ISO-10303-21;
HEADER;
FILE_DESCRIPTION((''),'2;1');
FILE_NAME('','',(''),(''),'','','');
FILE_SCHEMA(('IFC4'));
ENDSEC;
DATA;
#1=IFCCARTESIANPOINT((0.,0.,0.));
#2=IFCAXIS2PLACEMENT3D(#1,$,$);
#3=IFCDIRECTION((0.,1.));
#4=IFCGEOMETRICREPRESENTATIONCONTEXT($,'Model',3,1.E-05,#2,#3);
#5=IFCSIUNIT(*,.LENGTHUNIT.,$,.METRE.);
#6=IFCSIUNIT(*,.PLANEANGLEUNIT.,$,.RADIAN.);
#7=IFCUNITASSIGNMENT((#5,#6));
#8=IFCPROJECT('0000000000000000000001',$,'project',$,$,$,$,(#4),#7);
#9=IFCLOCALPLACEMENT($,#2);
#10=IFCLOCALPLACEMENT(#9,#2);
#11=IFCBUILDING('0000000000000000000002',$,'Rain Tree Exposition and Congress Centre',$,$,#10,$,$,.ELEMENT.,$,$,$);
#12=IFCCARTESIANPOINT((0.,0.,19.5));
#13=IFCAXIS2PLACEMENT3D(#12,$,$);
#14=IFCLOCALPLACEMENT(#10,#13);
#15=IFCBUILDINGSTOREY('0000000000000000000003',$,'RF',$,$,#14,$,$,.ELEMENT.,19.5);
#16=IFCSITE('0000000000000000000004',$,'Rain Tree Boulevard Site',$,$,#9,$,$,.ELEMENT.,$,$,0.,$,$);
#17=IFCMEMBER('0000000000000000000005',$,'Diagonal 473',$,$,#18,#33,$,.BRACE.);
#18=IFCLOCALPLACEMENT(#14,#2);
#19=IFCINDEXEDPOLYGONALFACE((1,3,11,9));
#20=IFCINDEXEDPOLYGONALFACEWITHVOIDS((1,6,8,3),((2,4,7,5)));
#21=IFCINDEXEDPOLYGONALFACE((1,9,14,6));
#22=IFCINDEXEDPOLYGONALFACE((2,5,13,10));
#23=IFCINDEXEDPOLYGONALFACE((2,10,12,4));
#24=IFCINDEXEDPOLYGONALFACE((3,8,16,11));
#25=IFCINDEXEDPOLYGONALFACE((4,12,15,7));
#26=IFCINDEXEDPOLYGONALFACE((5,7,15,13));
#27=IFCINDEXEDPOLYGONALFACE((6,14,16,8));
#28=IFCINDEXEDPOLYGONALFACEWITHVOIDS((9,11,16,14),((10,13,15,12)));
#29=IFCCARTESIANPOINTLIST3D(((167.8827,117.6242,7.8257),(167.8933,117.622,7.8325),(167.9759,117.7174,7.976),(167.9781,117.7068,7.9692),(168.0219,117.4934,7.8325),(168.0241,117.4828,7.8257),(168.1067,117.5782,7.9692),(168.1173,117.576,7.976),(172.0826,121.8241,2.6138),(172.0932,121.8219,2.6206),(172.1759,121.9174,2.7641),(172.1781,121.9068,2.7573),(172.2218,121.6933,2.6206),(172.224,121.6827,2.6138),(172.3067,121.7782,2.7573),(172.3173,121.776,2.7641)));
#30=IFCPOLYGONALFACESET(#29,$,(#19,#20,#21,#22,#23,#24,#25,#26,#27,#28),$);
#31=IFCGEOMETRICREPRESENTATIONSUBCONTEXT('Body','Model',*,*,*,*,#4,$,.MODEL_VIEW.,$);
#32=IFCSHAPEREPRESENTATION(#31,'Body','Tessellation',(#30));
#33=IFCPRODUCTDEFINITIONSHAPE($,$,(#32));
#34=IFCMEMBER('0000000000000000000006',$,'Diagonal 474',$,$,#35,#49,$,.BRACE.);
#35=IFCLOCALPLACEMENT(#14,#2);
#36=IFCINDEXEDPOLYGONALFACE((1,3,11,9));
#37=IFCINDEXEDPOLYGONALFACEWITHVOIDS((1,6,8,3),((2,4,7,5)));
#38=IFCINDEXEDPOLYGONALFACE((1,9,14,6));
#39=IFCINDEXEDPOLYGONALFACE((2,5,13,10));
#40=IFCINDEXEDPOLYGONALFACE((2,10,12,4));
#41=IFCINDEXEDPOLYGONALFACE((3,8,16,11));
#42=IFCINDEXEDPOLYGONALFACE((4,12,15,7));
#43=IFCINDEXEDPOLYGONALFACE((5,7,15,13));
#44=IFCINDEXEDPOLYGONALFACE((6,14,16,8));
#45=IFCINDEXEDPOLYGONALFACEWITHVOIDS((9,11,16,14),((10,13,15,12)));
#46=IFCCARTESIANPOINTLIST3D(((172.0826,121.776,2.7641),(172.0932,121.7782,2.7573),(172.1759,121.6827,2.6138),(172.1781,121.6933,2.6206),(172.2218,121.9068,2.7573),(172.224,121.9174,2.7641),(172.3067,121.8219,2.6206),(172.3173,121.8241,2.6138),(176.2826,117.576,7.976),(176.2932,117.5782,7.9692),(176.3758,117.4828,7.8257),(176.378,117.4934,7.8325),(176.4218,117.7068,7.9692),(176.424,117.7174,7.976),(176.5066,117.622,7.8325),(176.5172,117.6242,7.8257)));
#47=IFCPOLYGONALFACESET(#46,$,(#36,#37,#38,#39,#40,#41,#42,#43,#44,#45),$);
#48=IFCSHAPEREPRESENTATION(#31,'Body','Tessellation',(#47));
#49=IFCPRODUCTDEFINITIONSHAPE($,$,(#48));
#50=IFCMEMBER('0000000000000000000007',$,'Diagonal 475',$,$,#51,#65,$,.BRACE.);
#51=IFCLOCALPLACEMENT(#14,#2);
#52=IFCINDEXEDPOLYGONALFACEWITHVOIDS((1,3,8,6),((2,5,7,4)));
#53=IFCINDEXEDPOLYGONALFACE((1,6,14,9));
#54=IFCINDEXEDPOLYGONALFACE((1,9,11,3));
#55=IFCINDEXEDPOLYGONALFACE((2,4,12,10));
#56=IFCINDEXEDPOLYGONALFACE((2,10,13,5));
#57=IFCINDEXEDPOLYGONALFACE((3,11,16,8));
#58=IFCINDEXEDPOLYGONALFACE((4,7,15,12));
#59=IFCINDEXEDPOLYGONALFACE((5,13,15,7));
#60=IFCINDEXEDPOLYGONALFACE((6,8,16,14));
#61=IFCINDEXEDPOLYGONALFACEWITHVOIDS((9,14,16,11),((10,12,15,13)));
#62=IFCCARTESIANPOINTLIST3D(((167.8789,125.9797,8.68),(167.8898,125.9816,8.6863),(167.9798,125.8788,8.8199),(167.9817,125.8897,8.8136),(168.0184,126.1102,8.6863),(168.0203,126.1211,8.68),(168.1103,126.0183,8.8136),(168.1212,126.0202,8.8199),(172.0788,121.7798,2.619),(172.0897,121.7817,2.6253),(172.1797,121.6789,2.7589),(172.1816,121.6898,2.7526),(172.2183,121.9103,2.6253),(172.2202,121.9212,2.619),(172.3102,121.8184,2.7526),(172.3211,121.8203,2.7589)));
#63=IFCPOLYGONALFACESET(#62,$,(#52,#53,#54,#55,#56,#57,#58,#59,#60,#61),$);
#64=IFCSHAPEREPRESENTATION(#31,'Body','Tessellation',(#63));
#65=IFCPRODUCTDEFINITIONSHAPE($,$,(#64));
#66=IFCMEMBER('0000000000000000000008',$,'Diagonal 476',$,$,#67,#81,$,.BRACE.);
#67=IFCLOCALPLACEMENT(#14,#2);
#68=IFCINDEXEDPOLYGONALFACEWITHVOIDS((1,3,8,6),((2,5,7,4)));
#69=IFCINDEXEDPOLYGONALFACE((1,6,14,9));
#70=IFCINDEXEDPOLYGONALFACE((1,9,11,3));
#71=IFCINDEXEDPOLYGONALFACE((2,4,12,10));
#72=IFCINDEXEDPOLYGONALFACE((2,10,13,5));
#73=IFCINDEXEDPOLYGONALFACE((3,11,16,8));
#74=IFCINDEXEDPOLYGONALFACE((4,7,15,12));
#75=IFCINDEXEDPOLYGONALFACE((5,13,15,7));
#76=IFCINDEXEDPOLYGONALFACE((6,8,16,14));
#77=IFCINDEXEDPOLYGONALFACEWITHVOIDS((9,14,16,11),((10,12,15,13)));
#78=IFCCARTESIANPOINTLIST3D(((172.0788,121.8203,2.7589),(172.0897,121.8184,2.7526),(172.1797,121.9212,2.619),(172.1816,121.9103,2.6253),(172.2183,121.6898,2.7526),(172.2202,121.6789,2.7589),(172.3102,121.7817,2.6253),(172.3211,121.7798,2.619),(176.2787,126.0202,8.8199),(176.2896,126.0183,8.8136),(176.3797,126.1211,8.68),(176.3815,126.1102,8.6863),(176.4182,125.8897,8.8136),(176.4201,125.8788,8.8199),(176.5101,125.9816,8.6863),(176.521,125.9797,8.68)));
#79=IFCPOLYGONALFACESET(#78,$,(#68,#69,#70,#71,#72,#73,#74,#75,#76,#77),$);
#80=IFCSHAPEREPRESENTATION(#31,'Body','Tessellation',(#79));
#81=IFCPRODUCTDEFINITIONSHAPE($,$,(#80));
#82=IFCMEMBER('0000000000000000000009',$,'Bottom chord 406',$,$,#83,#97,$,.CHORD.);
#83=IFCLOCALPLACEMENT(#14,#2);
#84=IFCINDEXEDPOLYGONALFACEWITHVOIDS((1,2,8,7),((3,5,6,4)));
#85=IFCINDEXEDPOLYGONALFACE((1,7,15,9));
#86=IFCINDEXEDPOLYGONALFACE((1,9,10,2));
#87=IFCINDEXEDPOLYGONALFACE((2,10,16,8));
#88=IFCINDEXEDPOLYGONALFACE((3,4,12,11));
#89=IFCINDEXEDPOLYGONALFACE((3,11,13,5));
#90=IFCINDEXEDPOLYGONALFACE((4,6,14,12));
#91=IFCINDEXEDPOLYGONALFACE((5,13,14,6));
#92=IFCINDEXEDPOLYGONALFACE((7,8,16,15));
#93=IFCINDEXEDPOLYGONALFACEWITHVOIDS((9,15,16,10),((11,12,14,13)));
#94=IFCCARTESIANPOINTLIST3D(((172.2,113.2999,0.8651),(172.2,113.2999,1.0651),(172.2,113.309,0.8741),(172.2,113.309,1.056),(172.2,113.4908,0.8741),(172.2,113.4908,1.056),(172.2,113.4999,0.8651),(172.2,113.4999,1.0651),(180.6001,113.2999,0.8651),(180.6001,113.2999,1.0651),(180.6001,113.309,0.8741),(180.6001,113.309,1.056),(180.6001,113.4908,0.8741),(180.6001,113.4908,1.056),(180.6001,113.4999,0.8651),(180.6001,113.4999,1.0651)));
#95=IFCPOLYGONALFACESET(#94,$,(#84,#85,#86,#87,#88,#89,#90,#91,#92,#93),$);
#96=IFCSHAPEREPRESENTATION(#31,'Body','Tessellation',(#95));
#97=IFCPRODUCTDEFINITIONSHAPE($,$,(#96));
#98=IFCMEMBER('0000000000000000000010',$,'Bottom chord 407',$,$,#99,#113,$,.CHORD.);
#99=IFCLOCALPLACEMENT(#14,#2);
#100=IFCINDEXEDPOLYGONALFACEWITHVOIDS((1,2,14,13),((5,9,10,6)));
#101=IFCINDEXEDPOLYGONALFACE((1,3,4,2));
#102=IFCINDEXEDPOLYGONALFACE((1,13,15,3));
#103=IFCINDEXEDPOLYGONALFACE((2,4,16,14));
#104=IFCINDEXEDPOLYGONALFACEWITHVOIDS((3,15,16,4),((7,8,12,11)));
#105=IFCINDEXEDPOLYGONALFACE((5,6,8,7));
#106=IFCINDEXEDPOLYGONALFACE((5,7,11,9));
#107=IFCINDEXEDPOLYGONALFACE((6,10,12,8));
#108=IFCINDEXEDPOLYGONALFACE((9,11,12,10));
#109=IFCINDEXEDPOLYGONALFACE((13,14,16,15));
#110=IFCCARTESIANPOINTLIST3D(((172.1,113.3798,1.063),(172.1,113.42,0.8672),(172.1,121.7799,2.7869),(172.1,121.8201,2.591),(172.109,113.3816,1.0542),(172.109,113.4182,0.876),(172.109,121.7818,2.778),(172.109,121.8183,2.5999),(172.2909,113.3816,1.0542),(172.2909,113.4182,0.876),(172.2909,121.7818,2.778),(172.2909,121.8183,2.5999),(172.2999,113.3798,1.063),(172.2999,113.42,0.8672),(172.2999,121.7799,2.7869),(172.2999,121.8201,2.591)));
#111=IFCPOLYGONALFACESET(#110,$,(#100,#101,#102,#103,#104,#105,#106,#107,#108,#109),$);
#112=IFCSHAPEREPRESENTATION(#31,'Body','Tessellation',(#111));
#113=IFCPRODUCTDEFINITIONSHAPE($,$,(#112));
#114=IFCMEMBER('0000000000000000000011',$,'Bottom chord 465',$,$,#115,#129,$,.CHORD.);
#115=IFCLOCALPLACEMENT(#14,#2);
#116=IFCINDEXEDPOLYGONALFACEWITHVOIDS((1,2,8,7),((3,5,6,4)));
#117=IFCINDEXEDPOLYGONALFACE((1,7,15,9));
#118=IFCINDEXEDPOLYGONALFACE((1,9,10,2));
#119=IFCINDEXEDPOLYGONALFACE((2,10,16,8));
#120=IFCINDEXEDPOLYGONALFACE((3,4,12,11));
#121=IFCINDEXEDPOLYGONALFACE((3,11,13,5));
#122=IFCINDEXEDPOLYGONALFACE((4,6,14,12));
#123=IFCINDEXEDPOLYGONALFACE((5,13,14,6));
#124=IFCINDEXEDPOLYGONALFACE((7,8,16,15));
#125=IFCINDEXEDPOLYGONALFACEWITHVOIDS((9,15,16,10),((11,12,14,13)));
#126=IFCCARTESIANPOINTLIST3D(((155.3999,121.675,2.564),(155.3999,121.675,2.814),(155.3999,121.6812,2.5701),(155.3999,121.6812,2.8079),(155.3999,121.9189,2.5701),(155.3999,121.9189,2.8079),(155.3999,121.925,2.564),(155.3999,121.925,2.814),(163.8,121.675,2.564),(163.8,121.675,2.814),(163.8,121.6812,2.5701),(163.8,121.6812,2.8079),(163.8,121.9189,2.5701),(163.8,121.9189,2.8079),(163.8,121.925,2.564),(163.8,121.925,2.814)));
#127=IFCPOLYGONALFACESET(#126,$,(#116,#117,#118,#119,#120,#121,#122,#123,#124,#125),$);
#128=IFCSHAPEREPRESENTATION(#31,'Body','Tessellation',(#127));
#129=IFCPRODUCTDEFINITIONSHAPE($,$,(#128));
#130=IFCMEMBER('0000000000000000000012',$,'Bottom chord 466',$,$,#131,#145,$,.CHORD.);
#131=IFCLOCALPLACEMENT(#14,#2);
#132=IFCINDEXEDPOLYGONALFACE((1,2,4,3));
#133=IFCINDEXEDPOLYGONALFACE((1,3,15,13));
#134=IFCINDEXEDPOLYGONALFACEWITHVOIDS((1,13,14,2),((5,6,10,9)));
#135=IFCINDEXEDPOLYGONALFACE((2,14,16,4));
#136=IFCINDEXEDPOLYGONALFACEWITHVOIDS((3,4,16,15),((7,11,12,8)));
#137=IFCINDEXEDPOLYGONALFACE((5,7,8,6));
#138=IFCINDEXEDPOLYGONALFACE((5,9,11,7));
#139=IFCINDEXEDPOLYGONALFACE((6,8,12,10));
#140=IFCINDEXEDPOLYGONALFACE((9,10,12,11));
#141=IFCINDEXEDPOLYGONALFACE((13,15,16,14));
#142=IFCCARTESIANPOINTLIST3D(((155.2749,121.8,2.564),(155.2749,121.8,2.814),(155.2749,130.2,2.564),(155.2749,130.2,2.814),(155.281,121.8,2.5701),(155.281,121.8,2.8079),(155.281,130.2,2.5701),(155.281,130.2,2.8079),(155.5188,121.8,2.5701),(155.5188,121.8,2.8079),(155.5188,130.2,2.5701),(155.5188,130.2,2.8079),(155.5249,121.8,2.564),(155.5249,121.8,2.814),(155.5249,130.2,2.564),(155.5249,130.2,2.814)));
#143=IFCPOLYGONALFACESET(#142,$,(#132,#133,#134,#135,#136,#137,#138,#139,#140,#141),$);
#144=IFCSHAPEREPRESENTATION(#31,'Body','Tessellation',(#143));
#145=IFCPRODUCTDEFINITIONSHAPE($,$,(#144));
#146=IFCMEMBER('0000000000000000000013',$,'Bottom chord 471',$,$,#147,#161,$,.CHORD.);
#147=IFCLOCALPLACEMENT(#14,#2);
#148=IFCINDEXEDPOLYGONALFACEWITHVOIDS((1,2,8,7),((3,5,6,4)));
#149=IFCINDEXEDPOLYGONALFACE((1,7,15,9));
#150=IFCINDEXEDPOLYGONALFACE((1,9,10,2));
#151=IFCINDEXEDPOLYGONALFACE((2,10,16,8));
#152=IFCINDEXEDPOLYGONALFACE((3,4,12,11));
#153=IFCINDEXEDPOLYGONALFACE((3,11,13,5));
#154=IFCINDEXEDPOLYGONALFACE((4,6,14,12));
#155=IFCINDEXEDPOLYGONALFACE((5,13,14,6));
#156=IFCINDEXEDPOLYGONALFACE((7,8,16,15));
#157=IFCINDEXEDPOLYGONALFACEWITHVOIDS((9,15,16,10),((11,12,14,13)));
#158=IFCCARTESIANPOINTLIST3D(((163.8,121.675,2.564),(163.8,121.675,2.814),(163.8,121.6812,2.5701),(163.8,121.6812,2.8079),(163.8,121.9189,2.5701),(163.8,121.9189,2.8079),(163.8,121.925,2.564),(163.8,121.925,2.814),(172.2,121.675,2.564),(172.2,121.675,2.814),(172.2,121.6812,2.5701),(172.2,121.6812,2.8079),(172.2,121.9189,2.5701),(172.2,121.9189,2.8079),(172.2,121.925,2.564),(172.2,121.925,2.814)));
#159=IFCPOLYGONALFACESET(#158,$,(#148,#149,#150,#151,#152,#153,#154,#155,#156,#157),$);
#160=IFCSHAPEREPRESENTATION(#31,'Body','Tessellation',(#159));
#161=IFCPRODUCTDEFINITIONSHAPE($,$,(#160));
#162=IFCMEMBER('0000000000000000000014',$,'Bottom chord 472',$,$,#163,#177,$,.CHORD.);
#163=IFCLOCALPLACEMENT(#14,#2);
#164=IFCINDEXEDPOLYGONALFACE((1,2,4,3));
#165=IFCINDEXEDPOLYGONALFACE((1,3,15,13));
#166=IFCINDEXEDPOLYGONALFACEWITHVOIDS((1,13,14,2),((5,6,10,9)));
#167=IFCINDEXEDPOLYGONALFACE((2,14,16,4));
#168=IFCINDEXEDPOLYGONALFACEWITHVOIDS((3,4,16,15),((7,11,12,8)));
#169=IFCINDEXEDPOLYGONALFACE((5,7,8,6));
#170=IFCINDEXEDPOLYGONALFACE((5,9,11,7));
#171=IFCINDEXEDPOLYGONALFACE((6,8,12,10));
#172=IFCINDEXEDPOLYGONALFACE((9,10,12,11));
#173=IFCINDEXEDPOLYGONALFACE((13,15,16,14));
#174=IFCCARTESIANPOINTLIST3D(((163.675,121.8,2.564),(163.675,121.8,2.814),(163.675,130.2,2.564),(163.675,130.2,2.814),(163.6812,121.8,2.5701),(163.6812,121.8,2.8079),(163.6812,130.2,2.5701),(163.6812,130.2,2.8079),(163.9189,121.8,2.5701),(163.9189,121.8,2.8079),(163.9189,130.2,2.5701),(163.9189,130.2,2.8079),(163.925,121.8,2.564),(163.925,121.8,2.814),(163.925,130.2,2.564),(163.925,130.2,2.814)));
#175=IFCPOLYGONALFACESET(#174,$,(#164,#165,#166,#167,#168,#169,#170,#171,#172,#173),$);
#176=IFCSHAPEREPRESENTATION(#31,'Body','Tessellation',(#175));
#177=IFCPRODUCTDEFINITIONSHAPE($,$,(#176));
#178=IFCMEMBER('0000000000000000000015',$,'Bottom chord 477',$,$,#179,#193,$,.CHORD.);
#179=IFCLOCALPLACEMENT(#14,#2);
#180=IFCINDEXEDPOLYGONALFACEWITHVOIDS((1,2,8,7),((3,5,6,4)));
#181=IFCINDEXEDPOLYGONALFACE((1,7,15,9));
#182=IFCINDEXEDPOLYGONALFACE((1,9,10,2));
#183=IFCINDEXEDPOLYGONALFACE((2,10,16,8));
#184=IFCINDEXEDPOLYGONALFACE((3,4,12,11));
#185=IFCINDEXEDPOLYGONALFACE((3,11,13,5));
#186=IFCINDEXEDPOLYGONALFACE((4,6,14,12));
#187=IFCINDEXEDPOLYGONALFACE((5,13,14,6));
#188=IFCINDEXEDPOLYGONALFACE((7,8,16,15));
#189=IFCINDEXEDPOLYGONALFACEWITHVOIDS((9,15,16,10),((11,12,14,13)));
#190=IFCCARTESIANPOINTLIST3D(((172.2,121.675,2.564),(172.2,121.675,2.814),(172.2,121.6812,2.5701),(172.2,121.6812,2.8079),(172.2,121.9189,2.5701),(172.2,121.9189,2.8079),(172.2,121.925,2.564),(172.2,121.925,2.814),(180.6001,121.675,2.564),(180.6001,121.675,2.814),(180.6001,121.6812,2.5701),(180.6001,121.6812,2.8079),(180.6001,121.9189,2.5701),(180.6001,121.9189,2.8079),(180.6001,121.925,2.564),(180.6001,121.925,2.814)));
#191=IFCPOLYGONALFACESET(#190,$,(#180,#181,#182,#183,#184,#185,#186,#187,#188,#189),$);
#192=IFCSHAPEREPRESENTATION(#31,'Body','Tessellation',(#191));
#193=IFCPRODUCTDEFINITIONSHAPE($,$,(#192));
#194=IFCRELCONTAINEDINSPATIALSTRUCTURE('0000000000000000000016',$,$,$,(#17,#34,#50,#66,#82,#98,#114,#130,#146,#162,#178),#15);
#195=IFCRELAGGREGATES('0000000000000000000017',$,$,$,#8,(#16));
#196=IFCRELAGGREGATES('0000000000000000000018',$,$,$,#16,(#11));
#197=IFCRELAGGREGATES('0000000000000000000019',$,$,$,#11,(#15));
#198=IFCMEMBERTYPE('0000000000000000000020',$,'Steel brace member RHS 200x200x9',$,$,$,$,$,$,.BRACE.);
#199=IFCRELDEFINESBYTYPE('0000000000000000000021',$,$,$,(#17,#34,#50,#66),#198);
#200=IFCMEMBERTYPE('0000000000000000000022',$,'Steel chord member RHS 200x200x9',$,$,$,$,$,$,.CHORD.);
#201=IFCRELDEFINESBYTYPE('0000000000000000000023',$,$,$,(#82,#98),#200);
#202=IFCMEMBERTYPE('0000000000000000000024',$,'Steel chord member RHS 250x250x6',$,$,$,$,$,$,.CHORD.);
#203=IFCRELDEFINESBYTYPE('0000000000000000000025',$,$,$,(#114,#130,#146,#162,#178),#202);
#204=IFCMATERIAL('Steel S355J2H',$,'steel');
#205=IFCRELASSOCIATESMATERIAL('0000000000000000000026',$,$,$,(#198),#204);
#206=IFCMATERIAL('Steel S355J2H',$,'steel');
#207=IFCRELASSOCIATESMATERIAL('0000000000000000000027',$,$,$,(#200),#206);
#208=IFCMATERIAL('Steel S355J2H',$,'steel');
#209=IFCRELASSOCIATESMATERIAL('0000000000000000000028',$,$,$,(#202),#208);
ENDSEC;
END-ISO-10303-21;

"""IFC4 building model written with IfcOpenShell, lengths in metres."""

from ifc_helpers import new_model, si_unit, direction, frame, origin, origin_2d, place, context, subcontext, project, spatial, hollow_rectangle, extrude, material, material_profile, profile_set, type_object, element, save


model = new_model("IFC4")

# Units and contexts
model_context = context("Model", 3, precision=1e-05, world=origin(), true_north=direction((0.0, 1.0)))
body_context = subcontext(model_context, "Body", "Model", "MODEL_VIEW")
ifc_project = project(units=[si_unit("LENGTHUNIT", "METRE"), si_unit("PLANEANGLEUNIT", "RADIAN")], contexts=[model_context])

# Site, building, storey
site_placement = place(None, origin())
site = spatial("IfcSite", under=ifc_project, at=site_placement, Name="Rain Tree Boulevard Site", CompositionType="ELEMENT", RefElevation=0.0)
building_placement = place(site_placement, origin())
building = spatial("IfcBuilding", under=site, at=building_placement, Name="Rain Tree Exposition and Congress Centre", CompositionType="ELEMENT")
storey_placement = place(building_placement, frame((0.0, 0.0, 19.5)))
storey = spatial("IfcBuildingStorey", under=building, at=storey_placement, Name="RF", CompositionType="ELEMENT", Elevation=19.5)

# Members
ifc_material_1 = material(Name="Steel S355J2H", Category="steel")
ifc_material_profile_1 = material_profile(ifc_material_1, hollow_rectangle(XDim=0.2, YDim=0.2, WallThickness=0.009, at=origin_2d()), Name="RHS 200x200x9")
ifc_profile_set_1 = profile_set([ifc_material_profile_1], Name="Steel S355J2H")
member_type_1 = type_object("IfcMemberType", Name="Steel brace member RHS 200x200x9", PredefinedType="BRACE", material=ifc_profile_set_1)
for number, where, z_axis, x_axis, name in (
    (1, (172.2, 121.8, 2.689), (-0.531498, -0.531498, 0.65956), (0.707107, -0.707107, 0.0), "Diagonal 473"),
    (2, (172.2, 121.8, 2.689), (0.531498, -0.531498, 0.65956), (0.707107, 0.707107, 0.0), "Diagonal 474"),
):
    element("IfcMember", number, at=place(storey_placement, frame(where, z_axis=z_axis, x_axis=x_axis)), inside=storey, type_object=member_type_1, Name=name, PredefinedType="BRACE", context=body_context, shape_type="SweptSolid", body=[
        extrude(hollow_rectangle(XDim=0.2, YDim=0.2, WallThickness=0.009, at=origin_2d()), origin(), (0.0, 0.0, 1.0), 7.9021),
    ])
for number, where, z_axis, x_axis, name in (
    (3, (172.2, 121.8, 2.689), (-0.494916, 0.494916, 0.714224), (-0.707107, -0.707107, 0.0), "Diagonal 475"),
    (4, (172.2, 121.8, 2.689), (0.494916, 0.494916, 0.714224), (-0.707107, 0.707107, 0.0), "Diagonal 476"),
):
    element("IfcMember", number, at=place(storey_placement, frame(where, z_axis=z_axis, x_axis=x_axis)), inside=storey, type_object=member_type_1, Name=name, PredefinedType="BRACE", context=body_context, shape_type="SweptSolid", body=[
        extrude(hollow_rectangle(XDim=0.2, YDim=0.2, WallThickness=0.009, at=origin_2d()), origin(), (0.0, 0.0, 1.0), 8.4861),
    ])
ifc_material_2 = material(Name="Steel S355J2H", Category="steel")
ifc_material_profile_2 = material_profile(ifc_material_2, hollow_rectangle(XDim=0.2, YDim=0.2, WallThickness=0.009, at=origin_2d()), Name="RHS 200x200x9")
ifc_profile_set_2 = profile_set([ifc_material_profile_2], Name="Steel S355J2H")
member_type_2 = type_object("IfcMemberType", Name="Steel chord member RHS 200x200x9", PredefinedType="CHORD", material=ifc_profile_set_2)
member_1_placement = place(storey_placement, frame((172.2, 113.3999, 0.9651), z_axis=(1.0, 0.0, 0.0), x_axis=(0.0, 1.0, 0.0)))
element("IfcMember", 5, at=member_1_placement, inside=storey, type_object=member_type_2, Name="Bottom chord 406", PredefinedType="CHORD", context=body_context, shape_type="SweptSolid", body=[
    extrude(hollow_rectangle(XDim=0.2, YDim=0.2, WallThickness=0.009, at=origin_2d()), origin(), (0.0, 0.0, 1.0), 8.4001),
])
member_2_placement = place(storey_placement, frame((172.2, 113.3999, 0.9651), z_axis=(0.0, 0.979585, 0.20103), x_axis=(-1.0, 0.0, 0.0)))
element("IfcMember", 6, at=member_2_placement, inside=storey, type_object=member_type_2, Name="Bottom chord 407", PredefinedType="CHORD", context=body_context, shape_type="SweptSolid", body=[
    extrude(hollow_rectangle(XDim=0.2, YDim=0.2, WallThickness=0.009, at=origin_2d()), origin(), (0.0, 0.0, 1.0), 8.5752),
])
ifc_material_3 = material(Name="Steel S355J2H", Category="steel")
ifc_material_profile_3 = material_profile(ifc_material_3, hollow_rectangle(XDim=0.25, YDim=0.25, WallThickness=0.0061, at=origin_2d()), Name="RHS 250x250x6")
ifc_profile_set_3 = profile_set([ifc_material_profile_3], Name="Steel S355J2H")
member_type_3 = type_object("IfcMemberType", Name="Steel chord member RHS 250x250x6", PredefinedType="CHORD", material=ifc_profile_set_3)
member_3_placement = place(storey_placement, frame((155.3999, 121.8, 2.689), z_axis=(1.0, 0.0, 0.0), x_axis=(0.0, 1.0, 0.0)))
element("IfcMember", 7, at=member_3_placement, inside=storey, type_object=member_type_3, Name="Bottom chord 465", PredefinedType="CHORD", context=body_context, shape_type="SweptSolid", body=[
    extrude(hollow_rectangle(XDim=0.25, YDim=0.25, WallThickness=0.0061, at=origin_2d()), origin(), (0.0, 0.0, 1.0), 8.4001),
])
for number, where, z_axis, x_axis, name in (
    (8, (155.3999, 121.8, 2.689), (0.0, 1.0, 0.0), (-1.0, 0.0, 0.0), "Bottom chord 466"),
    (9, (163.8, 121.8, 2.689), (1.0, 0.0, 0.0), (0.0, 1.0, 0.0), "Bottom chord 471"),
    (10, (163.8, 121.8, 2.689), (0.0, 1.0, 0.0), (-1.0, 0.0, 0.0), "Bottom chord 472"),
):
    element("IfcMember", number, at=place(storey_placement, frame(where, z_axis=z_axis, x_axis=x_axis)), inside=storey, type_object=member_type_3, Name=name, PredefinedType="CHORD", context=body_context, shape_type="SweptSolid", body=[
        extrude(hollow_rectangle(XDim=0.25, YDim=0.25, WallThickness=0.0061, at=origin_2d()), origin(), (0.0, 0.0, 1.0), 8.3999),
    ])
member_4_placement = place(storey_placement, frame((172.2, 121.8, 2.689), z_axis=(1.0, 0.0, 0.0), x_axis=(0.0, 1.0, 0.0)))
element("IfcMember", 11, at=member_4_placement, inside=storey, type_object=member_type_3, Name="Bottom chord 477", PredefinedType="CHORD", context=body_context, shape_type="SweptSolid", body=[
    extrude(hollow_rectangle(XDim=0.25, YDim=0.25, WallThickness=0.0061, at=origin_2d()), origin(), (0.0, 0.0, 1.0), 8.4001),
])

save(model, "model.ifc")
